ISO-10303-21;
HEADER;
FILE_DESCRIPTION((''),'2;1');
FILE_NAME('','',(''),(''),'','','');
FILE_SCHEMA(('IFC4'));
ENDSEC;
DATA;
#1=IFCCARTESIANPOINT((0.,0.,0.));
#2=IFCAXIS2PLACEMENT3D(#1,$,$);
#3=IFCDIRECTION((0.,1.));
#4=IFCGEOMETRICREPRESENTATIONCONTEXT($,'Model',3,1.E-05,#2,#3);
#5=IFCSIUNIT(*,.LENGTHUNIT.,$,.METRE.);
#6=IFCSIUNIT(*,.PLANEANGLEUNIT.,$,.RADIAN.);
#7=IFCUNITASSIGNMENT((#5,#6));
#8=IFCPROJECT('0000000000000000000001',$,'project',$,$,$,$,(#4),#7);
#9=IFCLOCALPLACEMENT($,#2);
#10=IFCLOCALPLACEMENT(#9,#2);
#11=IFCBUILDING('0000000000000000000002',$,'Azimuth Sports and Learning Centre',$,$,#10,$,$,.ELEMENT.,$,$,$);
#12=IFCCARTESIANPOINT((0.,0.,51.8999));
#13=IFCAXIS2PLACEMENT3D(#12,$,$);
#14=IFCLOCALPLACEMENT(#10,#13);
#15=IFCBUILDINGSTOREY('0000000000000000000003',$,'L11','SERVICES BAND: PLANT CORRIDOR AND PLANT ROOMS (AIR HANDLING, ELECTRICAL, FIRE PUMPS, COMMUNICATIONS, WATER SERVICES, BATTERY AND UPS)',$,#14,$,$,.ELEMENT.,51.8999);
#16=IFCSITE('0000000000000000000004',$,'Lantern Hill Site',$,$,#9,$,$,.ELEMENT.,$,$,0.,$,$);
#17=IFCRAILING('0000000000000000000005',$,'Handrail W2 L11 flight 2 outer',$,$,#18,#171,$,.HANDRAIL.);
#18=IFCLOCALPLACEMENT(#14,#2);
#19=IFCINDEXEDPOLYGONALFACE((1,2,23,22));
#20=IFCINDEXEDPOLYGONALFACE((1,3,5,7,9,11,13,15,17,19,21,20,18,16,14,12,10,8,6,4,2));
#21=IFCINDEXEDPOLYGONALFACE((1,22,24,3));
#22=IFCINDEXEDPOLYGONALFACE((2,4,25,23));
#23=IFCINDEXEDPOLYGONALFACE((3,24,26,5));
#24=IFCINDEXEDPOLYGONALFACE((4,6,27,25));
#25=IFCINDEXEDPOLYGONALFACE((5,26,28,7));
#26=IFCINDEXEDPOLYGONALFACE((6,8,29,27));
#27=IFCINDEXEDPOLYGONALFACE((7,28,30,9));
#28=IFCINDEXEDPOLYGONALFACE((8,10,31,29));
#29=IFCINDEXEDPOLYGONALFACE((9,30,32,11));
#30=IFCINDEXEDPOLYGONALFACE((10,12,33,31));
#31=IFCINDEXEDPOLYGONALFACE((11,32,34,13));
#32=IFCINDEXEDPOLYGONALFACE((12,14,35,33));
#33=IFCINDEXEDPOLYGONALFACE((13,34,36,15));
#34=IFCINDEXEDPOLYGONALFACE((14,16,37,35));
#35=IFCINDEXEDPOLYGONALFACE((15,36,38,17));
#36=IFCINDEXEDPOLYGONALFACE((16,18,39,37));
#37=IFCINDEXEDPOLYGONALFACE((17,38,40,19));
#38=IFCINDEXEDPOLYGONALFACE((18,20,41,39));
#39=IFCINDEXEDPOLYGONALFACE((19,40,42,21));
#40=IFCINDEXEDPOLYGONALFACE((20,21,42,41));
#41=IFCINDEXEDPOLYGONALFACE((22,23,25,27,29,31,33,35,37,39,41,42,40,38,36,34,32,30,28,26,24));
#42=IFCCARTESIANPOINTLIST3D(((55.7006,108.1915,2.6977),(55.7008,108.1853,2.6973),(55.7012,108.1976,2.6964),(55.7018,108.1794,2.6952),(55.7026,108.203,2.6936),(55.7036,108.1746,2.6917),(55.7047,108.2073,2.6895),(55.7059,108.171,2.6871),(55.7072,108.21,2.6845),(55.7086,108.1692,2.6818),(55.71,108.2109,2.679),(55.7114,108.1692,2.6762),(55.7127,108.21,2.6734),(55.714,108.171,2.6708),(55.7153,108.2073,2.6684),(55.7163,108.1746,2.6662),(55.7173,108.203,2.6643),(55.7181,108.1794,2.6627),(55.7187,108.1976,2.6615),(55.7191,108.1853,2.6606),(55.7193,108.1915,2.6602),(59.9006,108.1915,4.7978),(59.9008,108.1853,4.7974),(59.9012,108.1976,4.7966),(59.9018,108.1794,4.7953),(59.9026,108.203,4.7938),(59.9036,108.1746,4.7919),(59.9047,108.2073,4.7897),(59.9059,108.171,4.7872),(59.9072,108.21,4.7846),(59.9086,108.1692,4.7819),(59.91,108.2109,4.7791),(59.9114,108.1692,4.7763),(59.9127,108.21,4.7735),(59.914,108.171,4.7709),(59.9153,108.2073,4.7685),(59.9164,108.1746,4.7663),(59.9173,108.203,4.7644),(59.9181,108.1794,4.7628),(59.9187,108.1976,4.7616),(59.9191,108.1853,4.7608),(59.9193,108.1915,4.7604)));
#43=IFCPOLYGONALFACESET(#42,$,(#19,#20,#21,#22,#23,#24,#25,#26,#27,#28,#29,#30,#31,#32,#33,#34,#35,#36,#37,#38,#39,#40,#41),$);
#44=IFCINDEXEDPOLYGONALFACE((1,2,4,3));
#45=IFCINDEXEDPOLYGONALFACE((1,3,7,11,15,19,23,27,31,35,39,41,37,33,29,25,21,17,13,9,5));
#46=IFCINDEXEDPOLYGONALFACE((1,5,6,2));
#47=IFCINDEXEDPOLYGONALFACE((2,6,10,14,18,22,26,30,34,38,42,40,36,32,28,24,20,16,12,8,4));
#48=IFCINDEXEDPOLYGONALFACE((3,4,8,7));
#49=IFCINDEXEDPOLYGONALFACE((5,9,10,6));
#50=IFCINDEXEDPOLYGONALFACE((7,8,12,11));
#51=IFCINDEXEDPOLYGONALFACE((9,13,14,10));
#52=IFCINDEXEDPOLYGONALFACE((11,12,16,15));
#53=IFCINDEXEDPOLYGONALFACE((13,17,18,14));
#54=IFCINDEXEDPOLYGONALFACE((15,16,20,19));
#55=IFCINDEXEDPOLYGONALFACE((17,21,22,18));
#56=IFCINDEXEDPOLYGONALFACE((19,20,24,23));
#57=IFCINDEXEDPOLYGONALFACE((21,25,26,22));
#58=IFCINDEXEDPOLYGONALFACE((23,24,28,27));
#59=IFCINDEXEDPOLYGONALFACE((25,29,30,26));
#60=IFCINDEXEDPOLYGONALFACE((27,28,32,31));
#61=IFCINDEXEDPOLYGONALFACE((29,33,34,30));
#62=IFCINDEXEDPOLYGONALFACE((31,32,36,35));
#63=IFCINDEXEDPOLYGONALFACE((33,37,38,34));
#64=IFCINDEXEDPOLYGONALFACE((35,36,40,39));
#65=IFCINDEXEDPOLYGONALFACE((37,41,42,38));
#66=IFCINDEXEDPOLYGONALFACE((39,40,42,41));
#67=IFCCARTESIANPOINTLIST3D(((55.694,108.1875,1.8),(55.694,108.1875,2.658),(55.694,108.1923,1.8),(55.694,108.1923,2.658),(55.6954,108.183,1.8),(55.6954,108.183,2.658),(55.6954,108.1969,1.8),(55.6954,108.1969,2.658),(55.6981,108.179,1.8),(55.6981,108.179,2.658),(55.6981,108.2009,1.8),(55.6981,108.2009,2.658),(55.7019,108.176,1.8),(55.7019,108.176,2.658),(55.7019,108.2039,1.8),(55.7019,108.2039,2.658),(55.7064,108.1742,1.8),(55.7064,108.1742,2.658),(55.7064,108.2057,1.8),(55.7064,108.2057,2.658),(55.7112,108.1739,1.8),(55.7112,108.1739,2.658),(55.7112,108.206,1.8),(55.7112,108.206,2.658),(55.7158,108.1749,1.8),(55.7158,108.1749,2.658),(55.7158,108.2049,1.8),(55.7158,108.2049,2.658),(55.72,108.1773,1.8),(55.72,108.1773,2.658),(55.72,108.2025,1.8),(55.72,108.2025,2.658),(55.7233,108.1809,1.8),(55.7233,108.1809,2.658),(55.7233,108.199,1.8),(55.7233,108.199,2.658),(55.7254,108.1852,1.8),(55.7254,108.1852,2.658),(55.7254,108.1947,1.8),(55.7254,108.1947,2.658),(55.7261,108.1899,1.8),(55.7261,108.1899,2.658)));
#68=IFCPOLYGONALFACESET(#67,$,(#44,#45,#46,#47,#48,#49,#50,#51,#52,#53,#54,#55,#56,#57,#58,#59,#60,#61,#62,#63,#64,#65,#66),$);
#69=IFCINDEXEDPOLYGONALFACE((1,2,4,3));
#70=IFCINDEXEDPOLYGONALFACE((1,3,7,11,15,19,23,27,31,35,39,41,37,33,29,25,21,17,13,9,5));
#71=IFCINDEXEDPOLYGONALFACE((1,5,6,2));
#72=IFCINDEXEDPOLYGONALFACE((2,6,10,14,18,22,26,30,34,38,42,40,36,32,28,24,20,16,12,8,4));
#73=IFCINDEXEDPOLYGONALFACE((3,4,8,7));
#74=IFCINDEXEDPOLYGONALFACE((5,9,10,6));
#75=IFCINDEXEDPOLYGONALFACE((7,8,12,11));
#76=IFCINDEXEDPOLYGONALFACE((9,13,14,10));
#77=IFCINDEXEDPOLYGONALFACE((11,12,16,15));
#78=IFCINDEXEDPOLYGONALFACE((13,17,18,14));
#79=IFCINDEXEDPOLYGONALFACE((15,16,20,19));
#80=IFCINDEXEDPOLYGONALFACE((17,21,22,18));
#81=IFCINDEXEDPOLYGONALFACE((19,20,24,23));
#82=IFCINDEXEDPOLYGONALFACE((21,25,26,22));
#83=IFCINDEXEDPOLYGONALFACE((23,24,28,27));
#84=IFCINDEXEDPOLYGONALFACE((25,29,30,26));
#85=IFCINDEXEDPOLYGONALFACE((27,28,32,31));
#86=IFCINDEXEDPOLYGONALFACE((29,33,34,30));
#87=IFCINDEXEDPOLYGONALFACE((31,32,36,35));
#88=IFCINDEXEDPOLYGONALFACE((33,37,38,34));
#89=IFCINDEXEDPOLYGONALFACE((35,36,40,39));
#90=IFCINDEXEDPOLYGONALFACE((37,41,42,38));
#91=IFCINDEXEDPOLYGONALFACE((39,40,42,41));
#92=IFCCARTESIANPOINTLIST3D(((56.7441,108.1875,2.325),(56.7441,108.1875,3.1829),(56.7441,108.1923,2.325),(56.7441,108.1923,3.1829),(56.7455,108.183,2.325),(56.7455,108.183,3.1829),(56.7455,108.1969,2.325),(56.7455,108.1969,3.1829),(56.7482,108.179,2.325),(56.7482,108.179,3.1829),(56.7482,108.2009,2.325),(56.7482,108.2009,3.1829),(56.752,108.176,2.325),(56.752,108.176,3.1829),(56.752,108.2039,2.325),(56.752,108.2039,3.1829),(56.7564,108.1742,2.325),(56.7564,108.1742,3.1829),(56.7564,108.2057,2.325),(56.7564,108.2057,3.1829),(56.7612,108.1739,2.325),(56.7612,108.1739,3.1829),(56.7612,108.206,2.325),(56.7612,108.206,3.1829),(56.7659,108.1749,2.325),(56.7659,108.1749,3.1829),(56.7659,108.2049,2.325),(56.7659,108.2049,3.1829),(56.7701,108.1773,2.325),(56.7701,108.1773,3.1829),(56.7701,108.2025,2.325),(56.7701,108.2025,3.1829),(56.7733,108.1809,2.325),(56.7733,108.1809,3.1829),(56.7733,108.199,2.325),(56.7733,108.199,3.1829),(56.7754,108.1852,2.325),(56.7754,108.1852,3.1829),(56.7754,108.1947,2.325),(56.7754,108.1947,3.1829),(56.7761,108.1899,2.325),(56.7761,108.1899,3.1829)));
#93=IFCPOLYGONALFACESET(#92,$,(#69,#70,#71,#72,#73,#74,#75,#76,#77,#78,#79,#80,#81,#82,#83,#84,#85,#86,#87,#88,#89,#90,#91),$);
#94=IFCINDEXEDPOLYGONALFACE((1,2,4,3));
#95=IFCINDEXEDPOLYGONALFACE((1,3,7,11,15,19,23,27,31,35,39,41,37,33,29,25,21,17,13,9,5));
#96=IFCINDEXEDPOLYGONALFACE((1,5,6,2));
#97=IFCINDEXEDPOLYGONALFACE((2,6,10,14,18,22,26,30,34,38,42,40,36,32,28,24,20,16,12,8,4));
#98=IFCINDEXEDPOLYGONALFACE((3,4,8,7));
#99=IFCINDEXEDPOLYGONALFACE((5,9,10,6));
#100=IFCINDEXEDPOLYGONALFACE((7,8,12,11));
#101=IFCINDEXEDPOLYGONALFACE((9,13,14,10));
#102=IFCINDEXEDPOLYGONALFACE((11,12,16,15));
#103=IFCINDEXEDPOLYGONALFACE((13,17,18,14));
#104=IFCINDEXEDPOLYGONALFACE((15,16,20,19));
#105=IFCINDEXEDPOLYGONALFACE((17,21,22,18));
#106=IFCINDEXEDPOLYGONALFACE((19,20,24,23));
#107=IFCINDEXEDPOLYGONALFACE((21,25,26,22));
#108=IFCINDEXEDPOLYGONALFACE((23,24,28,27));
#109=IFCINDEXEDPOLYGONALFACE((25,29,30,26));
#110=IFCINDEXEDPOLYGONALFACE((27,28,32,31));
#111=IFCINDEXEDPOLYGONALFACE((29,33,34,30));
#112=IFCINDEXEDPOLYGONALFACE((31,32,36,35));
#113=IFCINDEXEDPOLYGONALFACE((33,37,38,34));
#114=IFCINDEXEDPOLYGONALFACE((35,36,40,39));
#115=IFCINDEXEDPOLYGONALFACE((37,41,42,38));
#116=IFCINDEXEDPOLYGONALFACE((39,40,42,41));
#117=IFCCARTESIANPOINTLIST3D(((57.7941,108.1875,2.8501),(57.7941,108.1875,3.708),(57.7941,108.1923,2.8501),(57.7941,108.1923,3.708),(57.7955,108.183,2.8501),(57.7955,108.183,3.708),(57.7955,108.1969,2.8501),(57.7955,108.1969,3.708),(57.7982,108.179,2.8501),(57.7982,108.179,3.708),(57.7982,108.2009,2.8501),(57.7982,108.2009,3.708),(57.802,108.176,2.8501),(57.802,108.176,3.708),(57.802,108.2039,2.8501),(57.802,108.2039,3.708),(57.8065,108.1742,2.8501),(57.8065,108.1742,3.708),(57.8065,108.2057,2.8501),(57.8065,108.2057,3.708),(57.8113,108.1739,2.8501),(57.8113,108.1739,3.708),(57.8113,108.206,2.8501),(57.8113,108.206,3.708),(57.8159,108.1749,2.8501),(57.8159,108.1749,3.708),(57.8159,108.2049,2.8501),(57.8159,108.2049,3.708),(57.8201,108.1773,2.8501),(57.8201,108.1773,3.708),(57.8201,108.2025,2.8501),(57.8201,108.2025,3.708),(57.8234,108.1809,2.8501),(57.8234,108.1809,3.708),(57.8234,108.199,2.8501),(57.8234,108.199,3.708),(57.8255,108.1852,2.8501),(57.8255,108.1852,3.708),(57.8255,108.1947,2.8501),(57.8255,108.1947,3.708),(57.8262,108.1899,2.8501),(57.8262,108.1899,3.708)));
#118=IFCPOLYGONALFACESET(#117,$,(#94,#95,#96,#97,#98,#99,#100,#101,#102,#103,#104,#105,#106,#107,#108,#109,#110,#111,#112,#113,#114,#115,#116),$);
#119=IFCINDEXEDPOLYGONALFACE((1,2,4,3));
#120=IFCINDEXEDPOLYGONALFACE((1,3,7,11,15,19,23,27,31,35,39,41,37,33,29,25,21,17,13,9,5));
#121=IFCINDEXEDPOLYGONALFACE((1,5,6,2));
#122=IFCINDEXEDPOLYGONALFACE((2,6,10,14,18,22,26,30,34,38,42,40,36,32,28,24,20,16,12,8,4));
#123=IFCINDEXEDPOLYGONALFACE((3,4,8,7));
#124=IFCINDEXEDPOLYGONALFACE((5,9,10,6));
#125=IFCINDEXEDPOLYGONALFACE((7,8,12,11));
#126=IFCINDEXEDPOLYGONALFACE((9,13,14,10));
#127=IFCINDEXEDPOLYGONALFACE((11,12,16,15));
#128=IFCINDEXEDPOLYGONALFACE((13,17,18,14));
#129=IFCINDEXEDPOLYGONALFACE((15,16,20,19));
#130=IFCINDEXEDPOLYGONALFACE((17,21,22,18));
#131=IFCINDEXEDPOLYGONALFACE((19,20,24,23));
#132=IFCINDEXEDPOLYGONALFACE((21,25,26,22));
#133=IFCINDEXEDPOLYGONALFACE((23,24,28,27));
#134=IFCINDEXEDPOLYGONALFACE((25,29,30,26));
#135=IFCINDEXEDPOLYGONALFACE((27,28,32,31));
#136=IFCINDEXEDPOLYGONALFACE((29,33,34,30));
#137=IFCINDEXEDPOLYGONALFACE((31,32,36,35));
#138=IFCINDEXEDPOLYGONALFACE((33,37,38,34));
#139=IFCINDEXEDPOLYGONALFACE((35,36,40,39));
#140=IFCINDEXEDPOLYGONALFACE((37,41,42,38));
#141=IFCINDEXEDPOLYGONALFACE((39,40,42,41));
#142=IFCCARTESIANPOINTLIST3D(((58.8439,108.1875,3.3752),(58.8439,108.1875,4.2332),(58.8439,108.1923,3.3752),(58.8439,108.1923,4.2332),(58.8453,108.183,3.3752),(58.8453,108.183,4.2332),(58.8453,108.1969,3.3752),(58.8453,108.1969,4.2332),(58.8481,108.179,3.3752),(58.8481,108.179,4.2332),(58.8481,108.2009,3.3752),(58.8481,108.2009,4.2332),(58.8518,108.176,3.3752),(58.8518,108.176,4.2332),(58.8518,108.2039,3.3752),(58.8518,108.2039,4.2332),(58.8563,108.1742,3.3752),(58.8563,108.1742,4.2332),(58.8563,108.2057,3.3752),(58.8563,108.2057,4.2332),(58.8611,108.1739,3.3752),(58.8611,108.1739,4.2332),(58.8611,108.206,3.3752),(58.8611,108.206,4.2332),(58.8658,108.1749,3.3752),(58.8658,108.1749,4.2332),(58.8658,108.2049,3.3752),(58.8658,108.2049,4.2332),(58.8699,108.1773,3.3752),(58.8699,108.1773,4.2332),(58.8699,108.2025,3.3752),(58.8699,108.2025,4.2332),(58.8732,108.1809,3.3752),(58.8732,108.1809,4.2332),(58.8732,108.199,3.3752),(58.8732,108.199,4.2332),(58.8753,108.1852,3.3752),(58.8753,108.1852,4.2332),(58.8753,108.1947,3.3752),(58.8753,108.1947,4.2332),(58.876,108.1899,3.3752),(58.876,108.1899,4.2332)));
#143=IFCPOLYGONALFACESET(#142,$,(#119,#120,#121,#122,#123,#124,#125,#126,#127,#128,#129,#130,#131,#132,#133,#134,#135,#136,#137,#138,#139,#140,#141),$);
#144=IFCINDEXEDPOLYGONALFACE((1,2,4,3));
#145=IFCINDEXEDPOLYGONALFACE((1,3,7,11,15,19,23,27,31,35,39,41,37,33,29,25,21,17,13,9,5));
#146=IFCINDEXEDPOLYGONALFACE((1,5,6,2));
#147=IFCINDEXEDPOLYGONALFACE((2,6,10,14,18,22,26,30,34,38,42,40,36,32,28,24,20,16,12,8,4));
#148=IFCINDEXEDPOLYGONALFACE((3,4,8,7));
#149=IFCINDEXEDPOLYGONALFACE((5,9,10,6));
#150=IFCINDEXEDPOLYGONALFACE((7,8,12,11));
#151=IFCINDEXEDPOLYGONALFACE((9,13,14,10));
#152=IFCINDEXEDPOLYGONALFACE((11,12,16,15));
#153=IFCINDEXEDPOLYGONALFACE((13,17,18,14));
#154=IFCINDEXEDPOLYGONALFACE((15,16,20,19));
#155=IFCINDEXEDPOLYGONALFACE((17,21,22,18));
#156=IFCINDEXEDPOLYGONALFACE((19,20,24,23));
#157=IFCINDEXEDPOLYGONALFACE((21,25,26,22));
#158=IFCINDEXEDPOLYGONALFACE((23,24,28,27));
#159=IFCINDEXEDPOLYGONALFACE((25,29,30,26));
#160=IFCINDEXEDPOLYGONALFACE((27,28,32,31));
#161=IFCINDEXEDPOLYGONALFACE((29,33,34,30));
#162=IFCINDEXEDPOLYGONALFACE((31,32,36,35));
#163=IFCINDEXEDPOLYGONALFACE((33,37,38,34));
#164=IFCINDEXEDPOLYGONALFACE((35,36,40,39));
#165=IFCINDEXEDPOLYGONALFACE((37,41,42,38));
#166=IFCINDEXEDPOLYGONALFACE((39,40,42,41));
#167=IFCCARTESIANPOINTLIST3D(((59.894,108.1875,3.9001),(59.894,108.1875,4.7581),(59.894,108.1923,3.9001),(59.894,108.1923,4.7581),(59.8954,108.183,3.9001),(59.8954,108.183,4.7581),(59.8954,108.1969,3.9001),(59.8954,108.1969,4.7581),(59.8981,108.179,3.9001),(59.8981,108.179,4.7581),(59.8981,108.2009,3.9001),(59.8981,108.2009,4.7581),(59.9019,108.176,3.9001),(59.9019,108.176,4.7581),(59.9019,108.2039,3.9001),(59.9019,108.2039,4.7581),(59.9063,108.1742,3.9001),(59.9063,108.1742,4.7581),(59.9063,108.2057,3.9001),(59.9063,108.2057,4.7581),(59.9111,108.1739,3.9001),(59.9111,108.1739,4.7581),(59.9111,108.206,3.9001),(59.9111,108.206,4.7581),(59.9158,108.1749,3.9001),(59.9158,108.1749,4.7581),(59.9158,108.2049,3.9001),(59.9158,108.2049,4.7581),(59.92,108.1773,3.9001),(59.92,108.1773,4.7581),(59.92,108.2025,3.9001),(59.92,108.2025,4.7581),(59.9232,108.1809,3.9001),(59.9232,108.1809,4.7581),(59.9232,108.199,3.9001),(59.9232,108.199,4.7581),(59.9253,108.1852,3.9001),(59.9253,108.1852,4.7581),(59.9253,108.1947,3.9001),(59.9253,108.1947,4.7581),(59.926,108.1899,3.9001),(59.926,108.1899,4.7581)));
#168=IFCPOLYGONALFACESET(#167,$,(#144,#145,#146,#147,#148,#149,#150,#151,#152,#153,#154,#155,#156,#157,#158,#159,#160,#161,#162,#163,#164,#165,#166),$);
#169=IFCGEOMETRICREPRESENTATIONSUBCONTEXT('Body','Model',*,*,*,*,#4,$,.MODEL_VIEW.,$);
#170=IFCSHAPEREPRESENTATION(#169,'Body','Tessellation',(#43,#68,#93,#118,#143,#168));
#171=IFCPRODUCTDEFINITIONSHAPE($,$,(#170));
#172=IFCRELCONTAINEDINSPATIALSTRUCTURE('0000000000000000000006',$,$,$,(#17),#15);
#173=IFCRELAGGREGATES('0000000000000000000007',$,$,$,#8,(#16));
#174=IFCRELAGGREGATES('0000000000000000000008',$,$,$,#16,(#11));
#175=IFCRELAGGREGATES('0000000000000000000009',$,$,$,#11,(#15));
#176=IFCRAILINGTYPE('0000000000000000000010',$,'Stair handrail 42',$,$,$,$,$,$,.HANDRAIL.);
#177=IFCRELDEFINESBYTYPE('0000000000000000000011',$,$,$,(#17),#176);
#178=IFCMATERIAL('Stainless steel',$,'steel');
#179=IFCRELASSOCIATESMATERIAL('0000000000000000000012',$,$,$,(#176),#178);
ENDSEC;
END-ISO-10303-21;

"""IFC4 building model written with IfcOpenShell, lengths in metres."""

from ifc_helpers import new_model, si_unit, direction, frame, origin, origin_2d, place, context, subcontext, project, spatial, circle, extrude, material, type_object, element, save


model = new_model("IFC4")

# Units and contexts
model_context = context("Model", 3, precision=1e-05, world=origin(), true_north=direction((0.0, 1.0)))
body_context = subcontext(model_context, "Body", "Model", "MODEL_VIEW")
ifc_project = project(units=[si_unit("LENGTHUNIT", "METRE"), si_unit("PLANEANGLEUNIT", "RADIAN")], contexts=[model_context])

# Site, building, storey
site_placement = place(None, origin())
site = spatial("IfcSite", under=ifc_project, at=site_placement, Name="Lantern Hill Site", CompositionType="ELEMENT", RefElevation=0.0)
building_placement = place(site_placement, origin())
building = spatial("IfcBuilding", under=site, at=building_placement, Name="Azimuth Sports and Learning Centre", CompositionType="ELEMENT")
storey_placement = place(building_placement, frame((0.0, 0.0, 51.8999)))
storey = spatial("IfcBuildingStorey", under=building, at=storey_placement, Name="L11", Description="SERVICES BAND: PLANT CORRIDOR AND PLANT ROOMS (AIR HANDLING, ELECTRICAL, FIRE PUMPS, COMMUNICATIONS, WATER SERVICES, BATTERY AND UPS)", CompositionType="ELEMENT", Elevation=51.8999)

# Railing
ifc_material_1 = material(Name="Stainless steel", Category="steel")
railing_type = type_object("IfcRailingType", Name="Stair handrail 42", PredefinedType="HANDRAIL", material=ifc_material_1)
for number, where, name in (
    (1, (55.71, 108.1899, 1.8), "Handrail W2 L11 flight 2 outer"),
):
    element("IfcRailing", number, at=place(storey_placement, frame(where)), inside=storey, type_object=railing_type, Name=name, PredefinedType="HANDRAIL", context=body_context, shape_type="SweptSolid", body=[
        extrude(circle(Radius=0.021, at=origin_2d()), frame((0.0, 0.0, 0.8789), z_axis=(0.894417, 0.0, 0.447234), x_axis=(0.0, 1.0, 0.0)), (0.0, 0.0, 1.0), 4.6958),
        extrude(circle(Radius=0.0161, at=origin_2d()), origin(), (0.0, 0.0, 1.0), 0.8579),
        extrude(circle(Radius=0.0161, at=origin_2d()), frame((1.05, 0.0, 0.5249)), (0.0, 0.0, 1.0), 0.8579),
        extrude(circle(Radius=0.0161, at=origin_2d()), frame((2.1001, 0.0, 1.05)), (0.0, 0.0, 1.0), 0.8579),
        extrude(circle(Radius=0.0161, at=origin_2d()), frame((3.1499, 0.0, 1.5752)), (0.0, 0.0, 1.0), 0.8579),
        extrude(circle(Radius=0.0161, at=origin_2d()), frame((4.2, 0.0, 2.1001)), (0.0, 0.0, 1.0), 0.8579),
    ])

save(model, "model.ifc")
